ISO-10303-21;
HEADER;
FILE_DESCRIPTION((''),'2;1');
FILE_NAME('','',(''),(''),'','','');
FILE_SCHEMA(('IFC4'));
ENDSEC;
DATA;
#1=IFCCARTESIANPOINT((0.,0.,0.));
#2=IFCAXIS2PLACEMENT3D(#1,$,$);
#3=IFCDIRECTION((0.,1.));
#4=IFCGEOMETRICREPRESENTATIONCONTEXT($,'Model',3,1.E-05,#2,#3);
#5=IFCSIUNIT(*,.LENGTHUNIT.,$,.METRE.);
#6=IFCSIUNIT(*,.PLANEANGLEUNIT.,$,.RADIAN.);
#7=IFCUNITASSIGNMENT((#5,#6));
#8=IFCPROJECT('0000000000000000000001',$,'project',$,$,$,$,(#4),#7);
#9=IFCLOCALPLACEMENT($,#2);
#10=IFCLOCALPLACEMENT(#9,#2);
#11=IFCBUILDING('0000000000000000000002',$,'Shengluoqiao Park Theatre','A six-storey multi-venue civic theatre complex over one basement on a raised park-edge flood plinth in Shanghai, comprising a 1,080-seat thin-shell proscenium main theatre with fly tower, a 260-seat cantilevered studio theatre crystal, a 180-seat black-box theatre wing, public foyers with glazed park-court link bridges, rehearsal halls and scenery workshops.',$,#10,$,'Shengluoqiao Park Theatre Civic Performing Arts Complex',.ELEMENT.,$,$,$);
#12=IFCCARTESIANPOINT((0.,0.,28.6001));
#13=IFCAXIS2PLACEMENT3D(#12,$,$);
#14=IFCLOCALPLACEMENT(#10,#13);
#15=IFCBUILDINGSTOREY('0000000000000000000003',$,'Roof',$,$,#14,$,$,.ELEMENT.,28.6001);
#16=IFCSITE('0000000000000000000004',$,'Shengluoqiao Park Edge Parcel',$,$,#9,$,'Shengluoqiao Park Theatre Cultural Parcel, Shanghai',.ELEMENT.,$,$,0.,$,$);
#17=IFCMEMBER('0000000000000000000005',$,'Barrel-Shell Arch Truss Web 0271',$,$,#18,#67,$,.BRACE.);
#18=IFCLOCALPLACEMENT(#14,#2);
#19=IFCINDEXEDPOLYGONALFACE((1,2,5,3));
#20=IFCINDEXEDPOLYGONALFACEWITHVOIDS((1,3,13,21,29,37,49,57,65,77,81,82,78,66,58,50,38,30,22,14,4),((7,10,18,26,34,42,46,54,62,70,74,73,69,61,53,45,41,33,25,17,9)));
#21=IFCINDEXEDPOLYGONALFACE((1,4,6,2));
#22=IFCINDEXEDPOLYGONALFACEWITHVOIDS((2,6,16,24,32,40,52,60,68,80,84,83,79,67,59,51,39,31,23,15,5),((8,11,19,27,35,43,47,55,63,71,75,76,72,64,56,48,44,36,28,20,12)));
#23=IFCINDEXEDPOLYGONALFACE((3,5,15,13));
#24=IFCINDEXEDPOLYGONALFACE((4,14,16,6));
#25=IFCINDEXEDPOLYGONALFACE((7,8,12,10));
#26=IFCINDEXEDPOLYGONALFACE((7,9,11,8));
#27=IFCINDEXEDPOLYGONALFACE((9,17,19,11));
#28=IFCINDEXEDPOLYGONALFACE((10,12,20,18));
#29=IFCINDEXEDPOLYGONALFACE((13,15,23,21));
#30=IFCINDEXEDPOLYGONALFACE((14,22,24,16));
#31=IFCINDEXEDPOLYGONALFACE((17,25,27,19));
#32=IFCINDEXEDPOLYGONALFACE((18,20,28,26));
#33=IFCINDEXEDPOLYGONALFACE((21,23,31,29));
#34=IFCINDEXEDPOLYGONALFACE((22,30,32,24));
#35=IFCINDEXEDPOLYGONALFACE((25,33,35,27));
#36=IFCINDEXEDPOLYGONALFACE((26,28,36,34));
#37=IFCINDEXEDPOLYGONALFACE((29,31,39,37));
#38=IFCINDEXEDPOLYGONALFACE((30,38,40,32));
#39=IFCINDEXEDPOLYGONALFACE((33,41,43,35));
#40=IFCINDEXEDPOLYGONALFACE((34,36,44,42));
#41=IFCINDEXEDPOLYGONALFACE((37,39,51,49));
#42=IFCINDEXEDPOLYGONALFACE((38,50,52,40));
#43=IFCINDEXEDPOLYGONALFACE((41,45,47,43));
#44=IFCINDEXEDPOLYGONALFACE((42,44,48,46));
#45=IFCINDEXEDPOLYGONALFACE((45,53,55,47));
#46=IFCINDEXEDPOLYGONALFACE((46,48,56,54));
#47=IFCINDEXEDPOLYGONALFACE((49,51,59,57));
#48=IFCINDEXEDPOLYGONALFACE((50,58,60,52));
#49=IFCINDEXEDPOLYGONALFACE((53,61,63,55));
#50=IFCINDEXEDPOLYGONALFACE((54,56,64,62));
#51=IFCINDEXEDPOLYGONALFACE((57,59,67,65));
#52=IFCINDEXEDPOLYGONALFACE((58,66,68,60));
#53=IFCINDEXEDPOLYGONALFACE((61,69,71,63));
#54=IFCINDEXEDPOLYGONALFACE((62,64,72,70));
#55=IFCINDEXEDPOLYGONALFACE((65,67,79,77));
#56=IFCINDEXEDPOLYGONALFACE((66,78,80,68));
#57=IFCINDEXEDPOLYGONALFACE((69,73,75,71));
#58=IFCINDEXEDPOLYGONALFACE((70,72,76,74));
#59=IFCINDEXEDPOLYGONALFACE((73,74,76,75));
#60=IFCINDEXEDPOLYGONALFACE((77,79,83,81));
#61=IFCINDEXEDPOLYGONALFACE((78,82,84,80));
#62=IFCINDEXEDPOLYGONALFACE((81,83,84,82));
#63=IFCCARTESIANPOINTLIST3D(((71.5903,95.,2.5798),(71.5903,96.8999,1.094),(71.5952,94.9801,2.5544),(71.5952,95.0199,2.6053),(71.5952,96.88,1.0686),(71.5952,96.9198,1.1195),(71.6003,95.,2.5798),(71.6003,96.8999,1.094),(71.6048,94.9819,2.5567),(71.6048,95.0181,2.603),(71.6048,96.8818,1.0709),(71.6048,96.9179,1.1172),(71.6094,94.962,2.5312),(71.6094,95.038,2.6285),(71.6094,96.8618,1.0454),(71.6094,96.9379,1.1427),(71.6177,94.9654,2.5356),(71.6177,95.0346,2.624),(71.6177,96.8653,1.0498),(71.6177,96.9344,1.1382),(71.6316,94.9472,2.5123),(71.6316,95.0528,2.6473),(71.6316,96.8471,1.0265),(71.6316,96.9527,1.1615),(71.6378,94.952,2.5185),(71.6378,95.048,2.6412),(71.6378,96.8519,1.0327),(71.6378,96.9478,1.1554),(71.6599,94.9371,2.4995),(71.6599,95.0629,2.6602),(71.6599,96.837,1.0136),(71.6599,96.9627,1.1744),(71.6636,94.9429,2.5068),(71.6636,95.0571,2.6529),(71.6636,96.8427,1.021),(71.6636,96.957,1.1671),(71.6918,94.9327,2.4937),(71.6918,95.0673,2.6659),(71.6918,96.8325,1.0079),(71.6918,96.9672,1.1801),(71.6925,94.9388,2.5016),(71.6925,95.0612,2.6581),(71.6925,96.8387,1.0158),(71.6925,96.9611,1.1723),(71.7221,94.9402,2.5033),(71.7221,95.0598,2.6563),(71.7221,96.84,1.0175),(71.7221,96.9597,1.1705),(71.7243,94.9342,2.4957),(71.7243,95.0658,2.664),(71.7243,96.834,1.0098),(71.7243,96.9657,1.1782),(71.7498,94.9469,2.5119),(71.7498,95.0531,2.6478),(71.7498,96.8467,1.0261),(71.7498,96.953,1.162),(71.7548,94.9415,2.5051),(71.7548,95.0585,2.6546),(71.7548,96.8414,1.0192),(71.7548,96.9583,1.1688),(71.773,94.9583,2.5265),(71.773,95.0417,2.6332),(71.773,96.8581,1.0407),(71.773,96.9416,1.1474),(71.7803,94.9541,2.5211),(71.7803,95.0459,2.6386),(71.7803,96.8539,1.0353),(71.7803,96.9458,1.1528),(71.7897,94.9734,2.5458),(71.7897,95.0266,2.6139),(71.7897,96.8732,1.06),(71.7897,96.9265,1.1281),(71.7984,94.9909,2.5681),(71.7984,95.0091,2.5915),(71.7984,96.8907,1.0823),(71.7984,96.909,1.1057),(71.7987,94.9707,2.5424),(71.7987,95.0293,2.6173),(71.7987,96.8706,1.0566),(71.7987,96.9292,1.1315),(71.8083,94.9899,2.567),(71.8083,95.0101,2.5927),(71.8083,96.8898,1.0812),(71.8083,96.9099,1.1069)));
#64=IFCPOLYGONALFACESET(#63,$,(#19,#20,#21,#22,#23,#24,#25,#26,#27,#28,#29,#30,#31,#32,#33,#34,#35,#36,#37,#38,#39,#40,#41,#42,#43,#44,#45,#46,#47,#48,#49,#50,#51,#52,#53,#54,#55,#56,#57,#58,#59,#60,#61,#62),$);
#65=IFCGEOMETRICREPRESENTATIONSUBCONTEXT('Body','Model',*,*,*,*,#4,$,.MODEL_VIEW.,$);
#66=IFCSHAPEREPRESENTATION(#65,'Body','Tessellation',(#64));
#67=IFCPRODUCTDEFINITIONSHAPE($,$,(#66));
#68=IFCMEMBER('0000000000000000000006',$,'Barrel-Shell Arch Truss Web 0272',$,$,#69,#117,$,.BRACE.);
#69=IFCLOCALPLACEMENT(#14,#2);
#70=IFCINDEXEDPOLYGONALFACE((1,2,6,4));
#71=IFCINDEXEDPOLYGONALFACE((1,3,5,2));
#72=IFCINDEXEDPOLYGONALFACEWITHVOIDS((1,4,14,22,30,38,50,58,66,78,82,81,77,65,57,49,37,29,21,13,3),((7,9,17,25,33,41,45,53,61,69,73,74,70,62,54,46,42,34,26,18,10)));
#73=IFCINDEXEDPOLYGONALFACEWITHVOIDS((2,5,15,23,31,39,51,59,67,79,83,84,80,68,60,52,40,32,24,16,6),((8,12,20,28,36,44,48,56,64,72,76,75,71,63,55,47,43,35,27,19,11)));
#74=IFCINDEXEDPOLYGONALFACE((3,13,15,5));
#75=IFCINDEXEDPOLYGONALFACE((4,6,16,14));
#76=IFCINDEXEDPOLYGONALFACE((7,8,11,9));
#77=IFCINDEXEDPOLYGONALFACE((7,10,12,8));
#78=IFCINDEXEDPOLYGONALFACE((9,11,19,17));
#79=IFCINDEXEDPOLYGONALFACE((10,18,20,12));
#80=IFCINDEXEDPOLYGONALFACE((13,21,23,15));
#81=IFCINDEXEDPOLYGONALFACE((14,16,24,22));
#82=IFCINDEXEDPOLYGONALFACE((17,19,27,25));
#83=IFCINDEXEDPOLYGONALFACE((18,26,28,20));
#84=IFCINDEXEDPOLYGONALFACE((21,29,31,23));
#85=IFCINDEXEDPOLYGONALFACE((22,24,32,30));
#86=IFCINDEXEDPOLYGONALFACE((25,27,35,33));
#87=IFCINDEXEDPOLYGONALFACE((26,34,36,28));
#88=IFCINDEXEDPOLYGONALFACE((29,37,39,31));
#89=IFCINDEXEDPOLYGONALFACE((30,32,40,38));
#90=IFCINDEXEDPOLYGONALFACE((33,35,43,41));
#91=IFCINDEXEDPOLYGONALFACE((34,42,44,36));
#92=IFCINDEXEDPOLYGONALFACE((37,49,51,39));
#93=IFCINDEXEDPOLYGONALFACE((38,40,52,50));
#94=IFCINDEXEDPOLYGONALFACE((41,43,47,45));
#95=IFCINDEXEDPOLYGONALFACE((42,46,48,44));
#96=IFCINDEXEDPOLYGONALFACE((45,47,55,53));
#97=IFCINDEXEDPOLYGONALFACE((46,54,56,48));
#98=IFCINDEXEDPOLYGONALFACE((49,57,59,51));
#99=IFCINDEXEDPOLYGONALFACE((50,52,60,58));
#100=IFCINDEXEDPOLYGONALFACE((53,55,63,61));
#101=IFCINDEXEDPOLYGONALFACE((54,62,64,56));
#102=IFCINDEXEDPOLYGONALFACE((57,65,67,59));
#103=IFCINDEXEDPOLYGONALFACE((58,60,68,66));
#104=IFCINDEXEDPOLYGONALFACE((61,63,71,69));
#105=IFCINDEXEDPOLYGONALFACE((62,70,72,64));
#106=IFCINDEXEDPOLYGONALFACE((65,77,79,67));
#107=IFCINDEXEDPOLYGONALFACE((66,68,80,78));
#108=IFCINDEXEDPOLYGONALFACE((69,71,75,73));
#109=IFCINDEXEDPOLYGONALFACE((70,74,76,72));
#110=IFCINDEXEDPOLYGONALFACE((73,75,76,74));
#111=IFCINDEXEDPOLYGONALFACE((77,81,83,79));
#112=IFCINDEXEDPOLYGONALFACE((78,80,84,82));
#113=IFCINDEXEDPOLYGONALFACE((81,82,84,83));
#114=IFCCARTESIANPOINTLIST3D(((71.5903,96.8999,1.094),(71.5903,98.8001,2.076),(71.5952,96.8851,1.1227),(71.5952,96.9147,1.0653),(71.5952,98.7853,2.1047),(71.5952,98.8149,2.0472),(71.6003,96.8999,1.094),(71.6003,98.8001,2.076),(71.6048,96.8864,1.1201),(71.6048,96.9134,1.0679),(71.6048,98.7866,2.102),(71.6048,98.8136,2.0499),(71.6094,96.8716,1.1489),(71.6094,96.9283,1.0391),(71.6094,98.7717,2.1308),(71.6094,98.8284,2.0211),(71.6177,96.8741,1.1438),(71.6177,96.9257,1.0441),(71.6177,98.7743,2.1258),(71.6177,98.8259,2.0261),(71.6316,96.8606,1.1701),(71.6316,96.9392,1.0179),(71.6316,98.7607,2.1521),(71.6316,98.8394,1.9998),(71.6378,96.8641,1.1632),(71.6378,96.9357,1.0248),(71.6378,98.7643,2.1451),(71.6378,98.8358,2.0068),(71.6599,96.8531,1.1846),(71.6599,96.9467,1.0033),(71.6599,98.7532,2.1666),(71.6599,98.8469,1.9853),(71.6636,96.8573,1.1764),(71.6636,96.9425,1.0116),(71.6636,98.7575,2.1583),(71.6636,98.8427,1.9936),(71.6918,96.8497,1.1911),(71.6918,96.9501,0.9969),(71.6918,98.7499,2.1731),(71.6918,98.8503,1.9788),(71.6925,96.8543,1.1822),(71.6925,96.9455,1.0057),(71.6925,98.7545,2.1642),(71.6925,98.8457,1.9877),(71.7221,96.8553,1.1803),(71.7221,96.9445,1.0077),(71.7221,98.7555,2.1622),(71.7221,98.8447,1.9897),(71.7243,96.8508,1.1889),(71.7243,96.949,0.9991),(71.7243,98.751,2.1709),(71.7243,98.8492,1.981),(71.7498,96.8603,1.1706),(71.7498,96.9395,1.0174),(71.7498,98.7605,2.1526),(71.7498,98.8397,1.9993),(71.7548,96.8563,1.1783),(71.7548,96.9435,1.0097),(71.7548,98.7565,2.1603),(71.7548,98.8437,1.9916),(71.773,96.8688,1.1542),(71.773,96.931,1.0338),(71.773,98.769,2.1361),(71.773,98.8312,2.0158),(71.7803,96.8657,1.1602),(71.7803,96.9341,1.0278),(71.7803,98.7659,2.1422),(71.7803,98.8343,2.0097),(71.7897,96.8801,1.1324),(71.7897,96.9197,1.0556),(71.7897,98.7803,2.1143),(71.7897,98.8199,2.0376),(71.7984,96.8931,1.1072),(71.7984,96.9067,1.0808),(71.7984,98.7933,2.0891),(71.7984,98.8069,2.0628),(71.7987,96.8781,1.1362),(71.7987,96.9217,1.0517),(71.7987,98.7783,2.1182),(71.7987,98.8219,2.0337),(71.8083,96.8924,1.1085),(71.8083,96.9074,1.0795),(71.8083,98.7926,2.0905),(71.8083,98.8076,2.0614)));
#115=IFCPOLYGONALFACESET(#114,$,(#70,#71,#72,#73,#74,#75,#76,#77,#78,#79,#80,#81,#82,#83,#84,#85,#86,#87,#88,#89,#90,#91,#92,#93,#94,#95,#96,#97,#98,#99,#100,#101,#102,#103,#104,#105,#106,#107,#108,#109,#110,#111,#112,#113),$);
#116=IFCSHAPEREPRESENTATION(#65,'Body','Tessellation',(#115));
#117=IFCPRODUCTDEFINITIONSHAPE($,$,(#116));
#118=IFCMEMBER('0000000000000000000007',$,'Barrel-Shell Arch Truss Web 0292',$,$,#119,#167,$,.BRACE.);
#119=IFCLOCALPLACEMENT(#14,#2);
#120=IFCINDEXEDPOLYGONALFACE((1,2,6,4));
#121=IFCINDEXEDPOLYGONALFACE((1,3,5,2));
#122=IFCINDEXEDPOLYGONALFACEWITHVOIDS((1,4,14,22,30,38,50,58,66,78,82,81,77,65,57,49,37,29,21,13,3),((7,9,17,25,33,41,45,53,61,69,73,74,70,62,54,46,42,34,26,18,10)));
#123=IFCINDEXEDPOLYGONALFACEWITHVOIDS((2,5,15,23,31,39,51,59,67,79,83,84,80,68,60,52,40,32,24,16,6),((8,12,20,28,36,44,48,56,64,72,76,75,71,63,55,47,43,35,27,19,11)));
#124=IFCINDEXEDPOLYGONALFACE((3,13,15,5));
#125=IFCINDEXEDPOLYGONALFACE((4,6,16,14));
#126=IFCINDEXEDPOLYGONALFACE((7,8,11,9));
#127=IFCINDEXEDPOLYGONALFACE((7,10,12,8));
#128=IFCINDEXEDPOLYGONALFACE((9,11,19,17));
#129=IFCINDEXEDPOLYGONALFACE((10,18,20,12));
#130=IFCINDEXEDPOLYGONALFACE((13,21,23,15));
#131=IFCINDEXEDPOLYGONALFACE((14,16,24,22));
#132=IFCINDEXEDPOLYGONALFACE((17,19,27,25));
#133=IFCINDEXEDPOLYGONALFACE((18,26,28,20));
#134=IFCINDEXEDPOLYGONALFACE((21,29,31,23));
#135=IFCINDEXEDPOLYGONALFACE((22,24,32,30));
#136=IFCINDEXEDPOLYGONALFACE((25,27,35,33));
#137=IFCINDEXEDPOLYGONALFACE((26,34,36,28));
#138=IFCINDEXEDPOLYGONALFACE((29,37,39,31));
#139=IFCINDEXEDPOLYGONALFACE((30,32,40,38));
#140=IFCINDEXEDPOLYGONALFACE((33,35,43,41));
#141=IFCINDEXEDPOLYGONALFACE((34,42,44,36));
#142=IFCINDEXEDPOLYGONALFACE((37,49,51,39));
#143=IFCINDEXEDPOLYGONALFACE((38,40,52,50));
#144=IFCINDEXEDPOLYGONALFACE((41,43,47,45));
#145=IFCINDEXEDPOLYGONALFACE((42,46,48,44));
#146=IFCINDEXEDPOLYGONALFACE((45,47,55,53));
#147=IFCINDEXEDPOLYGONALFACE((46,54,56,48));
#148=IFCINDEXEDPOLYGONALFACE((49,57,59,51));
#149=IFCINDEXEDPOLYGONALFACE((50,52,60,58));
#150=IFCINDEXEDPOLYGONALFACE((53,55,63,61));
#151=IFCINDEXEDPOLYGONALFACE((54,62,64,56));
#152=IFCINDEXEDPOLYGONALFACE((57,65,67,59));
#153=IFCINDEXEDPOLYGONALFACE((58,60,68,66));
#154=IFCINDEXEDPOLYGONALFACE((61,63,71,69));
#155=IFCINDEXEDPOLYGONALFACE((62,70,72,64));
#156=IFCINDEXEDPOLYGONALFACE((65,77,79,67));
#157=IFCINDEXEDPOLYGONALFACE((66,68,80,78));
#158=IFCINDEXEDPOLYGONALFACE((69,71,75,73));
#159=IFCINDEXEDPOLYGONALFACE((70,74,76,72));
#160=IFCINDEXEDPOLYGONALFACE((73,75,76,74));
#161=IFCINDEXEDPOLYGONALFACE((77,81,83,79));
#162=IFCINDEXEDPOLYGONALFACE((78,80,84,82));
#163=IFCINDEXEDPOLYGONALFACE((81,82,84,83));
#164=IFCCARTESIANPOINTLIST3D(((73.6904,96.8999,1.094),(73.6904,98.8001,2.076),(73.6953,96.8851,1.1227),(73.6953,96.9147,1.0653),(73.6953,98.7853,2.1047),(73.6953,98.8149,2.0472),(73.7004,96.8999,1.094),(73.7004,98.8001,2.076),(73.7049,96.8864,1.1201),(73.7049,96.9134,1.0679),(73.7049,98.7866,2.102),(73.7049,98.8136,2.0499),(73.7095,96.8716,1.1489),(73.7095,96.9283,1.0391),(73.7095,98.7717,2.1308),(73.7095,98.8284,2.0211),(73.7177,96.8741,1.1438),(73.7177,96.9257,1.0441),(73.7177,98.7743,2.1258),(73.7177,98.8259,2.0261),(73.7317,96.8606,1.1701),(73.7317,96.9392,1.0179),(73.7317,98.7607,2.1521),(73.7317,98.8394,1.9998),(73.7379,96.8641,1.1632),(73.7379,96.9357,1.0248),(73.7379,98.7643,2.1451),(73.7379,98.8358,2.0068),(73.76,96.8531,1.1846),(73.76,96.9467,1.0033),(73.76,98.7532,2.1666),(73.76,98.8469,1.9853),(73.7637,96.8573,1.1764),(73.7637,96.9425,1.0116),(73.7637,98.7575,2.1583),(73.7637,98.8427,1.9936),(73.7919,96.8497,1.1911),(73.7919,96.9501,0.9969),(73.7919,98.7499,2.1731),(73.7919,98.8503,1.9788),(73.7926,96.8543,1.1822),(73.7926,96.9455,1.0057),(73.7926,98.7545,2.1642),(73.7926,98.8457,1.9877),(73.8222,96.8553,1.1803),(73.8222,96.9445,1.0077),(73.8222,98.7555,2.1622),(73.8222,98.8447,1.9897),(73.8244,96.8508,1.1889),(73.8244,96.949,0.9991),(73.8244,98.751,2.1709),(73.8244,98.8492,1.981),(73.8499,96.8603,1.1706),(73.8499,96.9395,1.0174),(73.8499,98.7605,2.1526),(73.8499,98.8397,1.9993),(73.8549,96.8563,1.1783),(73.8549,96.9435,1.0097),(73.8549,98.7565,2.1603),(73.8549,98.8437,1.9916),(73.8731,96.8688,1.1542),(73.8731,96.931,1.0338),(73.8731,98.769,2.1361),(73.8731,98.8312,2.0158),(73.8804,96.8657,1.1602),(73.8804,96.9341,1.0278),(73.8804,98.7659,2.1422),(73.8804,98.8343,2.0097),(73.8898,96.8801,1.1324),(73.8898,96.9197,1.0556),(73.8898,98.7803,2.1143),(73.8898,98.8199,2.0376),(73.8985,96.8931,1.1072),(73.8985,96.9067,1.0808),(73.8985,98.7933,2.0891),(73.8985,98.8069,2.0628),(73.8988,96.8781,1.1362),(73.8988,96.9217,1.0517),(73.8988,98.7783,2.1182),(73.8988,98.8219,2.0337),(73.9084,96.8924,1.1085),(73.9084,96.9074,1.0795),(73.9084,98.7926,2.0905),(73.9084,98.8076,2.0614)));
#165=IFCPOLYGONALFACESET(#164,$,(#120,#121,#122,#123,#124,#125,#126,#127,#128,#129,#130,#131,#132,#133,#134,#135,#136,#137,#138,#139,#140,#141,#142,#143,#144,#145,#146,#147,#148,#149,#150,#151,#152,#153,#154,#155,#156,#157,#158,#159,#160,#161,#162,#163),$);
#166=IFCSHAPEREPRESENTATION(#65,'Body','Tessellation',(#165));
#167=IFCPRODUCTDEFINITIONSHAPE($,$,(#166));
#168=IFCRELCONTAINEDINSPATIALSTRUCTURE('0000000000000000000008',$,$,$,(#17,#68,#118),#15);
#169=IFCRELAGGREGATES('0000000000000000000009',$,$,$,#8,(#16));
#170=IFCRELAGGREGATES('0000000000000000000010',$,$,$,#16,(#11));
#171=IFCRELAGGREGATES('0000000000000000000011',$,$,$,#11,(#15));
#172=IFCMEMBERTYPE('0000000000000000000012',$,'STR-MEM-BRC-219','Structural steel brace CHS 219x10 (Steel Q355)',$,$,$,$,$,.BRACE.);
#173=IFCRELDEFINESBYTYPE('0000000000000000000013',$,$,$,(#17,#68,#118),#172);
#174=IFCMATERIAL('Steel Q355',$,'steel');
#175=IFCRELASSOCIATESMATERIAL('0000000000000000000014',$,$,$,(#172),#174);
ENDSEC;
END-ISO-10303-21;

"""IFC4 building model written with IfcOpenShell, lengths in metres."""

from ifc_helpers import new_model, si_unit, direction, frame, origin, origin_2d, place, context, subcontext, project, spatial, hollow_circle, extrude, material, material_profile, profile_set, type_object, element, save


model = new_model("IFC4")

# Units and contexts
model_context = context("Model", 3, precision=1e-05, world=origin(), true_north=direction((0.0, 1.0)))
body_context = subcontext(model_context, "Body", "Model", "MODEL_VIEW")
ifc_project = project(units=[si_unit("LENGTHUNIT", "METRE"), si_unit("PLANEANGLEUNIT", "RADIAN")], contexts=[model_context])

# Site, building, storey
site_placement = place(None, origin())
site = spatial("IfcSite", under=ifc_project, at=site_placement, Name="Shengluoqiao Park Edge Parcel", LongName="Shengluoqiao Park Theatre Cultural Parcel, Shanghai", CompositionType="ELEMENT", RefElevation=0.0)
building_placement = place(site_placement, origin())
building = spatial("IfcBuilding", under=site, at=building_placement, Name="Shengluoqiao Park Theatre", Description="A six-storey multi-venue civic theatre complex over one basement on a raised park-edge flood plinth in Shanghai, comprising a 1,080-seat thin-shell proscenium main theatre with fly tower, a 260-seat cantilevered studio theatre crystal, a 180-seat black-box theatre wing, public foyers with glazed park-court link bridges, rehearsal halls and scenery workshops.", LongName="Shengluoqiao Park Theatre Civic Performing Arts Complex", CompositionType="ELEMENT")
storey_placement = place(building_placement, frame((0.0, 0.0, 28.6001)))
storey = spatial("IfcBuildingStorey", under=building, at=storey_placement, Name="Roof", CompositionType="ELEMENT", Elevation=28.6001)

# Shared definitions
ifc_material_1 = material(Name="Steel Q355", Category="steel")

# Members
ifc_material_profile_1 = material_profile(ifc_material_1, hollow_circle(Radius=0.1096, WallThickness=0.01, at=origin_2d()), Name="CHS 219x10")
ifc_profile_set_1 = profile_set([ifc_material_profile_1], Name="Steel Q355")
member_type_1 = type_object("IfcMemberType", Name="STR-MEM-BRC-219", Description="Structural steel brace CHS 219x10 (Steel Q355)", PredefinedType="BRACE", material=ifc_profile_set_1)
member_1_placement = place(storey_placement, frame((71.7, 95.0, 2.5798), z_axis=(0.0, 0.787714, -0.616041), x_axis=(-1.0, 0.0, 0.0)))
element("IfcMember", 1, at=member_1_placement, inside=storey, type_object=member_type_1, Name="Barrel-Shell Arch Truss Web 0271", PredefinedType="BRACE", context=body_context, shape_type="SweptSolid", body=[
    extrude(hollow_circle(Radius=0.1096, WallThickness=0.01, at=origin_2d()), origin(), (0.0, 0.0, 1.0), 2.4119),
])
for number, where, z_axis, x_axis, name in (
    (2, (71.7, 96.8999, 1.094), (0.0, 0.888389, 0.459091), (-1.0, 0.0, 0.0), "Barrel-Shell Arch Truss Web 0272"),
    (3, (73.8, 96.8999, 1.094), (0.0, 0.888389, 0.459091), (-1.0, 0.0, 0.0), "Barrel-Shell Arch Truss Web 0292"),
):
    element("IfcMember", number, at=place(storey_placement, frame(where, z_axis=z_axis, x_axis=x_axis)), inside=storey, type_object=member_type_1, Name=name, PredefinedType="BRACE", context=body_context, shape_type="SweptSolid", body=[
        extrude(hollow_circle(Radius=0.1096, WallThickness=0.01, at=origin_2d()), origin(), (0.0, 0.0, 1.0), 2.1389),
    ])

save(model, "model.ifc")
